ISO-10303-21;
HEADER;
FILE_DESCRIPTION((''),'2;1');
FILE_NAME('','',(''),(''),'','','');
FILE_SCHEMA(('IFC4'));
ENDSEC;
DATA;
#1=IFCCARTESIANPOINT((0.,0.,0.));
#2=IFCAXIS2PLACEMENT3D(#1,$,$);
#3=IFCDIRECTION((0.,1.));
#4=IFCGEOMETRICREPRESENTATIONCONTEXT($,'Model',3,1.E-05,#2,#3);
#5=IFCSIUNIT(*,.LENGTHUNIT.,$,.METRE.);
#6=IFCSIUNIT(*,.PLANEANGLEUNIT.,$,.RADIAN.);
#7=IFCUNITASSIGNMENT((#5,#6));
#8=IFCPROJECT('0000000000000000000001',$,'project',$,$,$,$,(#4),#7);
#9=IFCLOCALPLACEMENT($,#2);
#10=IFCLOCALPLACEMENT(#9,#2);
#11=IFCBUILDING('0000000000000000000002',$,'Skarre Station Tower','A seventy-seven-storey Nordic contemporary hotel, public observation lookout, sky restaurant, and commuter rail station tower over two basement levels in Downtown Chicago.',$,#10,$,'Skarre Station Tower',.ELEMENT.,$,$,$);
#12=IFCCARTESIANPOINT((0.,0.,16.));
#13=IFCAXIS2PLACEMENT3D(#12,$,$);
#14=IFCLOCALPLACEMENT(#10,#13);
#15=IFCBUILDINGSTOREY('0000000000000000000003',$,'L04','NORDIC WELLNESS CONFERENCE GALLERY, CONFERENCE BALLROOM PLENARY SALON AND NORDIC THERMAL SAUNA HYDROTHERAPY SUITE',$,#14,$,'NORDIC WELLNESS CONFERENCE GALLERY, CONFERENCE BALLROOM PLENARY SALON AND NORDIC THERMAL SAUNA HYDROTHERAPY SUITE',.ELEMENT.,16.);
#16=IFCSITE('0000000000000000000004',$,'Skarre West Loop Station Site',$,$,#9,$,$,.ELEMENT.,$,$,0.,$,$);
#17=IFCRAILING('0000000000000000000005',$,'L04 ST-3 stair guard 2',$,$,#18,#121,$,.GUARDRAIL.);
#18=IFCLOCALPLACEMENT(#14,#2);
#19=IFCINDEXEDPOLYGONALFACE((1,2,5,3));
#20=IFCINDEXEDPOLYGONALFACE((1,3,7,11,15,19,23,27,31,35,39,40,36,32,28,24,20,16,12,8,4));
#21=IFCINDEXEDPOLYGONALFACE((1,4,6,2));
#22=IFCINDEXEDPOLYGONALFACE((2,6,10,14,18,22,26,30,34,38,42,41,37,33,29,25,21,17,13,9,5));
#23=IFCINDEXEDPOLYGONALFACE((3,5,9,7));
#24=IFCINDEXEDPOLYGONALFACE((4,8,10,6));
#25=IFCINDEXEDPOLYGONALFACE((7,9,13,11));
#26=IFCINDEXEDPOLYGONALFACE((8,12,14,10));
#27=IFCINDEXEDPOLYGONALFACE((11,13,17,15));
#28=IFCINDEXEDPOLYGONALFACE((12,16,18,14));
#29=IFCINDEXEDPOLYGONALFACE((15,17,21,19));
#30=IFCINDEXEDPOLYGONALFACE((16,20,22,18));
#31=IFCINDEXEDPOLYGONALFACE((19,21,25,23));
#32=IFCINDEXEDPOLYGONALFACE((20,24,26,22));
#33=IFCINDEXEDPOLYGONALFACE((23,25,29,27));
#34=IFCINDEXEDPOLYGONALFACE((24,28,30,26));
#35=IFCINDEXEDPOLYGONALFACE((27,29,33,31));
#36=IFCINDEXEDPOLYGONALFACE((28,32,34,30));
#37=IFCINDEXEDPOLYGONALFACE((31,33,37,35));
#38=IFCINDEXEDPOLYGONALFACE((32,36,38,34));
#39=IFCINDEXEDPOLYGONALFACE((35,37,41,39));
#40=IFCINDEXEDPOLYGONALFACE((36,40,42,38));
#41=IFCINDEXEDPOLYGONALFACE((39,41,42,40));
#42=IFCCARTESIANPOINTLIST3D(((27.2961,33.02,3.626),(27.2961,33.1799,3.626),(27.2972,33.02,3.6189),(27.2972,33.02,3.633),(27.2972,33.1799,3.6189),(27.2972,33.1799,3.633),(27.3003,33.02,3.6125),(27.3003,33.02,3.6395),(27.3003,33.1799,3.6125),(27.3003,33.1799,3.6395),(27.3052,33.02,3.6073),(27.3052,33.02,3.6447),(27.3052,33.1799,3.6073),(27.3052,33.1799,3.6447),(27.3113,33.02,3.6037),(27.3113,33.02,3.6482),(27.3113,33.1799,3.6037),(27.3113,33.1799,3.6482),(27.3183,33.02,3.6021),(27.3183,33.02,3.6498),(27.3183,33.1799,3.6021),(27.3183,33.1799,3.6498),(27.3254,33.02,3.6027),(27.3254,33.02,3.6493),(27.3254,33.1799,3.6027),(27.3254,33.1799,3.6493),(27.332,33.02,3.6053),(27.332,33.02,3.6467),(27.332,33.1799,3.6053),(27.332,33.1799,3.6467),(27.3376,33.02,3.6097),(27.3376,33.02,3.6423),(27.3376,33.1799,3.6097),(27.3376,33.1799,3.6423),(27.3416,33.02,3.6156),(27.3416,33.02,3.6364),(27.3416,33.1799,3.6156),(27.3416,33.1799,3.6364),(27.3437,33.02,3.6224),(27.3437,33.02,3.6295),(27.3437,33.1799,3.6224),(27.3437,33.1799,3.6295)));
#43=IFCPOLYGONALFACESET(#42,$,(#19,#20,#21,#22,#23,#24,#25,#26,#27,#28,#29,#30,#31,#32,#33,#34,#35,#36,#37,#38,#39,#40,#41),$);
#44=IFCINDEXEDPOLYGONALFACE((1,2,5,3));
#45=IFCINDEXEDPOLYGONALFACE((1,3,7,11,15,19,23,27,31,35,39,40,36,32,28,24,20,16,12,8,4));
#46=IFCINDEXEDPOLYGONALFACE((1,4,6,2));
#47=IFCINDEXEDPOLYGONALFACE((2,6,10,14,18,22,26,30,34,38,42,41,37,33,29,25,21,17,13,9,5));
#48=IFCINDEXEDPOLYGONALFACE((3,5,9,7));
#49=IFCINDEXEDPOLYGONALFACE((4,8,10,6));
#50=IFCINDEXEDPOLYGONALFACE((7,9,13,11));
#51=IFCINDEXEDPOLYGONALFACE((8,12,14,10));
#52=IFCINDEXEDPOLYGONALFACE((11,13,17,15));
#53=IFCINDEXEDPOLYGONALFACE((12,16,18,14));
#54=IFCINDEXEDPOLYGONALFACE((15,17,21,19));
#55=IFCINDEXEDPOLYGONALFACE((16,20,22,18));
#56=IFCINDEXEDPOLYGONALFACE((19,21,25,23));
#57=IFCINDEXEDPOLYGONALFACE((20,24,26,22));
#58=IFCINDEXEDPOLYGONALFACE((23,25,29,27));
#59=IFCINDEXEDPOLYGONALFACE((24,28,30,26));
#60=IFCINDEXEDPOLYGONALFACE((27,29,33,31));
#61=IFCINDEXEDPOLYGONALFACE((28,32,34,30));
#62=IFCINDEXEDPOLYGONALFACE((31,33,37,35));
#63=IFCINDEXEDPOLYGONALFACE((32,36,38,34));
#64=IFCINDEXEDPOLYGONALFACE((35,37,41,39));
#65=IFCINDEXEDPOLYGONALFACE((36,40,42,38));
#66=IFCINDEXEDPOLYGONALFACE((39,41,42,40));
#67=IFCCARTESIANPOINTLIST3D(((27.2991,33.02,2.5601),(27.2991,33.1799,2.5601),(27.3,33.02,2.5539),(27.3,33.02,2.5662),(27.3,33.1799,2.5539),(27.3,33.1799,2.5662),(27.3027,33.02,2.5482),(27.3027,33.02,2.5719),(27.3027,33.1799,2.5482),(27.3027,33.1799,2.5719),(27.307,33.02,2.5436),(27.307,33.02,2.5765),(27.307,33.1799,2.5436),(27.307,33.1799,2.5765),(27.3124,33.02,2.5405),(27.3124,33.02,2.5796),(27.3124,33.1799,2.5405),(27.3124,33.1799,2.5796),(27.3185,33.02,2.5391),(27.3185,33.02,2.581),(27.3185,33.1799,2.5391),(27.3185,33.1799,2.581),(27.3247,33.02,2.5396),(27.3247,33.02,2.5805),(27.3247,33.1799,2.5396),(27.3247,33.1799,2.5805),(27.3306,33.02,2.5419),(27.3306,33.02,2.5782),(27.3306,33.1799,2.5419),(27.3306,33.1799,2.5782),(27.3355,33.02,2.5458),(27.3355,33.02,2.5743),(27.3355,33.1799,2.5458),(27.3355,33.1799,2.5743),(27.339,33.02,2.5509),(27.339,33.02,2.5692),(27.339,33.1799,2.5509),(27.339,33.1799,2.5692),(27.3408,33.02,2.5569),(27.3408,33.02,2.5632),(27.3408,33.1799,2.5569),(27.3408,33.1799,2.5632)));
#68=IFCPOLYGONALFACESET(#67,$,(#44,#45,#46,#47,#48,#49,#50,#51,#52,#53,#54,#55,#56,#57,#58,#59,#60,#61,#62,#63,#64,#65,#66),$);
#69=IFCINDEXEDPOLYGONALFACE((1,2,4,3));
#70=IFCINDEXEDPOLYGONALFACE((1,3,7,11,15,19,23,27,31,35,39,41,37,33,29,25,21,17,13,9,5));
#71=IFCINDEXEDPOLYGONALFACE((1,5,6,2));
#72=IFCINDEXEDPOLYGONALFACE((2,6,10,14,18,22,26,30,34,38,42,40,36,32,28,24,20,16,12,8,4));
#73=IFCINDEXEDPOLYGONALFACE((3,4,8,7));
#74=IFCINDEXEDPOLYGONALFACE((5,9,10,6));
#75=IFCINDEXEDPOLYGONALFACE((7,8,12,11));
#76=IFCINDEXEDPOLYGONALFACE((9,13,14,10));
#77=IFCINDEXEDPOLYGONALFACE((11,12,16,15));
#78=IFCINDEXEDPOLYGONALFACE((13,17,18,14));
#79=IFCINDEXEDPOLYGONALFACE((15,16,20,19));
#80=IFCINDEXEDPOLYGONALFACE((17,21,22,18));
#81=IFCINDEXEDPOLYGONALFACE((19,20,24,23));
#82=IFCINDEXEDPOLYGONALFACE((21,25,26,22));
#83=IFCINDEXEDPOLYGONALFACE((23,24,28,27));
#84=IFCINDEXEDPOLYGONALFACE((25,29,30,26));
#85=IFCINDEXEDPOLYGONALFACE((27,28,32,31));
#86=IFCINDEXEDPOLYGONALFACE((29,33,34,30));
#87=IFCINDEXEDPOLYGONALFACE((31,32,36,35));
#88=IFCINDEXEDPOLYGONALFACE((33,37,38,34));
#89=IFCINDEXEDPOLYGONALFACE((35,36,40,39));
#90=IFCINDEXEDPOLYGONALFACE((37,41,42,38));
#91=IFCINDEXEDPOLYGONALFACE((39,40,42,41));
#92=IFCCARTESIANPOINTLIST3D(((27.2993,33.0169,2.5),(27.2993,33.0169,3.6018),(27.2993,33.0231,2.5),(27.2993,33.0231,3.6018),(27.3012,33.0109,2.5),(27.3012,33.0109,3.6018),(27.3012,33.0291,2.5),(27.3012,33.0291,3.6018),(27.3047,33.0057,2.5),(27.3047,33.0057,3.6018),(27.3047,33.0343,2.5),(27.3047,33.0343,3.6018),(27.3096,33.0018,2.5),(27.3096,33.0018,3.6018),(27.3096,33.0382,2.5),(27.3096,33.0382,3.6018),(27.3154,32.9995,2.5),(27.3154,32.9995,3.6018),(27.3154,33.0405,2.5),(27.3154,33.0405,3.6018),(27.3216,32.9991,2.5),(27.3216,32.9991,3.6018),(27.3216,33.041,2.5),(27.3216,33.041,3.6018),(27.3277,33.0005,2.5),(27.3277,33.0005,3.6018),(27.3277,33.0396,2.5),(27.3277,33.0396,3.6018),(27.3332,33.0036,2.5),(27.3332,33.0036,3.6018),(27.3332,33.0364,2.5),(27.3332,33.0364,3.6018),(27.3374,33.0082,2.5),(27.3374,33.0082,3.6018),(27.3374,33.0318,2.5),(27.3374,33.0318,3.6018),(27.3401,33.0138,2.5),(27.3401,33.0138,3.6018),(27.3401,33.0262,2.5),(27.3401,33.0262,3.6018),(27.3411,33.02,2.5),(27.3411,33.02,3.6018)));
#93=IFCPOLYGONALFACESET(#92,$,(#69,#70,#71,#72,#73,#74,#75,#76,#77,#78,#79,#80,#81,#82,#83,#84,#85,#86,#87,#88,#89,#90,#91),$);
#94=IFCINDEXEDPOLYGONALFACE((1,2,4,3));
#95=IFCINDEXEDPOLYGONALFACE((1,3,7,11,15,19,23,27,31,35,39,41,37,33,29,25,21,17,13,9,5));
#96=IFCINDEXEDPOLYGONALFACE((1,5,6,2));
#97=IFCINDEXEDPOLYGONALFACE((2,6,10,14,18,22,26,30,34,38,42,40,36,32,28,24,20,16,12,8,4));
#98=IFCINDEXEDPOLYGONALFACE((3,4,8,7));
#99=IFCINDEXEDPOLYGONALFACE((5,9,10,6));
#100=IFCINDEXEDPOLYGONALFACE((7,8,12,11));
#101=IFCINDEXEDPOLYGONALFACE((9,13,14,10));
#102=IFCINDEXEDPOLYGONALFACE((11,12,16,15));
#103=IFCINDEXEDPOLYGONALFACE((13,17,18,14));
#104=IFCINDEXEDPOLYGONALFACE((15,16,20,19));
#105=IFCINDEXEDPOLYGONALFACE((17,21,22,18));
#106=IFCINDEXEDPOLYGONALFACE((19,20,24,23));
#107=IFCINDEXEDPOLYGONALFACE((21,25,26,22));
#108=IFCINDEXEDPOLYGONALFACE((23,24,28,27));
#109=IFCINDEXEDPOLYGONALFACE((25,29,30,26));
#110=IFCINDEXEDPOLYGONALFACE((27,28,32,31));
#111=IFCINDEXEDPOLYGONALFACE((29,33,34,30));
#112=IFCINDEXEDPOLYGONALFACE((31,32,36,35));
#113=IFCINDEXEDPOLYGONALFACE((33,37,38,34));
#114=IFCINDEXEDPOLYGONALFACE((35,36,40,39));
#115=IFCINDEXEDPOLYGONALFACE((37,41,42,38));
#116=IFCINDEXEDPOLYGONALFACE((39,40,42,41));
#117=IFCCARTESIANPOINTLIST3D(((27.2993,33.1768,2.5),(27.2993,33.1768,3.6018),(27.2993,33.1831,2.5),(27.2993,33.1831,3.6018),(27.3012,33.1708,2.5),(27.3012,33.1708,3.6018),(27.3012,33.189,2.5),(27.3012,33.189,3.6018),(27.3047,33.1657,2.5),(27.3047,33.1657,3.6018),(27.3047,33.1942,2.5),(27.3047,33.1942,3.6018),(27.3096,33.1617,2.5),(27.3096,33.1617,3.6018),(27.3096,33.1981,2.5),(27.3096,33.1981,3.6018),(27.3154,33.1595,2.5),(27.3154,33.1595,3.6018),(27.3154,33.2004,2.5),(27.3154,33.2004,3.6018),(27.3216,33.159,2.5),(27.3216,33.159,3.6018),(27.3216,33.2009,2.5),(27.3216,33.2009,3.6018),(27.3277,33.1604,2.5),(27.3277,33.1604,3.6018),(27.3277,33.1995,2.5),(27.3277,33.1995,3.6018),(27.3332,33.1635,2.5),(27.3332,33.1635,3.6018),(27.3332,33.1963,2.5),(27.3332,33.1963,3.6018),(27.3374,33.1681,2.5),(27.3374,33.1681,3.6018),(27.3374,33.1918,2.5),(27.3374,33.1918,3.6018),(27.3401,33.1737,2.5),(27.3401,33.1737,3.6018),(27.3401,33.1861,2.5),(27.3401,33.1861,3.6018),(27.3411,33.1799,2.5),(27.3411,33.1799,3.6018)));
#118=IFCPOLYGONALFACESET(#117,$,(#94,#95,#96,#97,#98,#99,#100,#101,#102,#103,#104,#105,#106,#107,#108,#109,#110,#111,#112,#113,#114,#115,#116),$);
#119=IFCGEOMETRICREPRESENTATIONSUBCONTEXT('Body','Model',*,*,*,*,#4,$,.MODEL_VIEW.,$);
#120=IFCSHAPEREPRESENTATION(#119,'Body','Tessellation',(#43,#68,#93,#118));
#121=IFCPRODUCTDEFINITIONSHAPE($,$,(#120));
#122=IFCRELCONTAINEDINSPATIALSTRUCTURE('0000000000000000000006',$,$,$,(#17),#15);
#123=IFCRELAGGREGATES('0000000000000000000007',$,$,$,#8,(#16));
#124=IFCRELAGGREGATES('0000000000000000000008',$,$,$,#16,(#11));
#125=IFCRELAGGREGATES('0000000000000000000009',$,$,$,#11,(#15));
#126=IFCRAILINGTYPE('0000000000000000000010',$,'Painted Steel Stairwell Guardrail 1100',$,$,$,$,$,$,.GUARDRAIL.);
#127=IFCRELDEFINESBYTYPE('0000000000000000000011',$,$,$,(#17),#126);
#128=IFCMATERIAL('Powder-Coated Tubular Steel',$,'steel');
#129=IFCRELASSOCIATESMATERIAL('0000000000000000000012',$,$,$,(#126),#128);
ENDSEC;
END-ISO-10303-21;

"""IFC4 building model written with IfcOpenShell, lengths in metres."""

from ifc_helpers import new_model, si_unit, direction, frame, origin, origin_2d, place, context, subcontext, project, spatial, circle, extrude, material, type_object, element, save


model = new_model("IFC4")

# Units and contexts
model_context = context("Model", 3, precision=1e-05, world=origin(), true_north=direction((0.0, 1.0)))
body_context = subcontext(model_context, "Body", "Model", "MODEL_VIEW")
ifc_project = project(units=[si_unit("LENGTHUNIT", "METRE"), si_unit("PLANEANGLEUNIT", "RADIAN")], contexts=[model_context])

# Site, building, storey
site_placement = place(None, origin())
site = spatial("IfcSite", under=ifc_project, at=site_placement, Name="Skarre West Loop Station Site", CompositionType="ELEMENT", RefElevation=0.0)
building_placement = place(site_placement, origin())
building = spatial("IfcBuilding", under=site, at=building_placement, Name="Skarre Station Tower", Description="A seventy-seven-storey Nordic contemporary hotel, public observation lookout, sky restaurant, and commuter rail station tower over two basement levels in Downtown Chicago.", LongName="Skarre Station Tower", CompositionType="ELEMENT")
storey_placement = place(building_placement, frame((0.0, 0.0, 16.0)))
storey = spatial("IfcBuildingStorey", under=building, at=storey_placement, Name="L04", Description="NORDIC WELLNESS CONFERENCE GALLERY, CONFERENCE BALLROOM PLENARY SALON AND NORDIC THERMAL SAUNA HYDROTHERAPY SUITE", LongName="NORDIC WELLNESS CONFERENCE GALLERY, CONFERENCE BALLROOM PLENARY SALON AND NORDIC THERMAL SAUNA HYDROTHERAPY SUITE", CompositionType="ELEMENT", Elevation=16.0)

# Railing
ifc_material_1 = material(Name="Powder-Coated Tubular Steel", Category="steel")
railing_type_1 = type_object("IfcRailingType", Name="Painted Steel Stairwell Guardrail 1100", PredefinedType="GUARDRAIL", material=ifc_material_1)
railing_1_placement = place(storey_placement, frame((27.3201, 33.02, 2.5)))
element("IfcRailing", 1, at=railing_1_placement, inside=storey, type_object=railing_type_1, Name="L04 ST-3 stair guard 2", PredefinedType="GUARDRAIL", context=body_context, shape_type="SweptSolid", body=[
    extrude(circle(Radius=0.0239, at=origin_2d()), frame((0.0, 0.0, 1.126), z_axis=(0.0, 1.0, 0.0), x_axis=(-1.0, 0.0, 0.0)), (0.0, 0.0, 1.0), 0.1599),
    extrude(circle(Radius=0.021, at=origin_2d()), frame((0.0, 0.0, 0.0601), z_axis=(0.0, 1.0, 0.0), x_axis=(-1.0, 0.0, 0.0)), (0.0, 0.0, 1.0), 0.1599),
    extrude(circle(Radius=0.021, at=origin_2d()), origin(), (0.0, 0.0, 1.0), 1.1018),
    extrude(circle(Radius=0.021, at=origin_2d()), frame((0.0, 0.1599, 0.0)), (0.0, 0.0, 1.0), 1.1018),
])

save(model, "model.ifc")
